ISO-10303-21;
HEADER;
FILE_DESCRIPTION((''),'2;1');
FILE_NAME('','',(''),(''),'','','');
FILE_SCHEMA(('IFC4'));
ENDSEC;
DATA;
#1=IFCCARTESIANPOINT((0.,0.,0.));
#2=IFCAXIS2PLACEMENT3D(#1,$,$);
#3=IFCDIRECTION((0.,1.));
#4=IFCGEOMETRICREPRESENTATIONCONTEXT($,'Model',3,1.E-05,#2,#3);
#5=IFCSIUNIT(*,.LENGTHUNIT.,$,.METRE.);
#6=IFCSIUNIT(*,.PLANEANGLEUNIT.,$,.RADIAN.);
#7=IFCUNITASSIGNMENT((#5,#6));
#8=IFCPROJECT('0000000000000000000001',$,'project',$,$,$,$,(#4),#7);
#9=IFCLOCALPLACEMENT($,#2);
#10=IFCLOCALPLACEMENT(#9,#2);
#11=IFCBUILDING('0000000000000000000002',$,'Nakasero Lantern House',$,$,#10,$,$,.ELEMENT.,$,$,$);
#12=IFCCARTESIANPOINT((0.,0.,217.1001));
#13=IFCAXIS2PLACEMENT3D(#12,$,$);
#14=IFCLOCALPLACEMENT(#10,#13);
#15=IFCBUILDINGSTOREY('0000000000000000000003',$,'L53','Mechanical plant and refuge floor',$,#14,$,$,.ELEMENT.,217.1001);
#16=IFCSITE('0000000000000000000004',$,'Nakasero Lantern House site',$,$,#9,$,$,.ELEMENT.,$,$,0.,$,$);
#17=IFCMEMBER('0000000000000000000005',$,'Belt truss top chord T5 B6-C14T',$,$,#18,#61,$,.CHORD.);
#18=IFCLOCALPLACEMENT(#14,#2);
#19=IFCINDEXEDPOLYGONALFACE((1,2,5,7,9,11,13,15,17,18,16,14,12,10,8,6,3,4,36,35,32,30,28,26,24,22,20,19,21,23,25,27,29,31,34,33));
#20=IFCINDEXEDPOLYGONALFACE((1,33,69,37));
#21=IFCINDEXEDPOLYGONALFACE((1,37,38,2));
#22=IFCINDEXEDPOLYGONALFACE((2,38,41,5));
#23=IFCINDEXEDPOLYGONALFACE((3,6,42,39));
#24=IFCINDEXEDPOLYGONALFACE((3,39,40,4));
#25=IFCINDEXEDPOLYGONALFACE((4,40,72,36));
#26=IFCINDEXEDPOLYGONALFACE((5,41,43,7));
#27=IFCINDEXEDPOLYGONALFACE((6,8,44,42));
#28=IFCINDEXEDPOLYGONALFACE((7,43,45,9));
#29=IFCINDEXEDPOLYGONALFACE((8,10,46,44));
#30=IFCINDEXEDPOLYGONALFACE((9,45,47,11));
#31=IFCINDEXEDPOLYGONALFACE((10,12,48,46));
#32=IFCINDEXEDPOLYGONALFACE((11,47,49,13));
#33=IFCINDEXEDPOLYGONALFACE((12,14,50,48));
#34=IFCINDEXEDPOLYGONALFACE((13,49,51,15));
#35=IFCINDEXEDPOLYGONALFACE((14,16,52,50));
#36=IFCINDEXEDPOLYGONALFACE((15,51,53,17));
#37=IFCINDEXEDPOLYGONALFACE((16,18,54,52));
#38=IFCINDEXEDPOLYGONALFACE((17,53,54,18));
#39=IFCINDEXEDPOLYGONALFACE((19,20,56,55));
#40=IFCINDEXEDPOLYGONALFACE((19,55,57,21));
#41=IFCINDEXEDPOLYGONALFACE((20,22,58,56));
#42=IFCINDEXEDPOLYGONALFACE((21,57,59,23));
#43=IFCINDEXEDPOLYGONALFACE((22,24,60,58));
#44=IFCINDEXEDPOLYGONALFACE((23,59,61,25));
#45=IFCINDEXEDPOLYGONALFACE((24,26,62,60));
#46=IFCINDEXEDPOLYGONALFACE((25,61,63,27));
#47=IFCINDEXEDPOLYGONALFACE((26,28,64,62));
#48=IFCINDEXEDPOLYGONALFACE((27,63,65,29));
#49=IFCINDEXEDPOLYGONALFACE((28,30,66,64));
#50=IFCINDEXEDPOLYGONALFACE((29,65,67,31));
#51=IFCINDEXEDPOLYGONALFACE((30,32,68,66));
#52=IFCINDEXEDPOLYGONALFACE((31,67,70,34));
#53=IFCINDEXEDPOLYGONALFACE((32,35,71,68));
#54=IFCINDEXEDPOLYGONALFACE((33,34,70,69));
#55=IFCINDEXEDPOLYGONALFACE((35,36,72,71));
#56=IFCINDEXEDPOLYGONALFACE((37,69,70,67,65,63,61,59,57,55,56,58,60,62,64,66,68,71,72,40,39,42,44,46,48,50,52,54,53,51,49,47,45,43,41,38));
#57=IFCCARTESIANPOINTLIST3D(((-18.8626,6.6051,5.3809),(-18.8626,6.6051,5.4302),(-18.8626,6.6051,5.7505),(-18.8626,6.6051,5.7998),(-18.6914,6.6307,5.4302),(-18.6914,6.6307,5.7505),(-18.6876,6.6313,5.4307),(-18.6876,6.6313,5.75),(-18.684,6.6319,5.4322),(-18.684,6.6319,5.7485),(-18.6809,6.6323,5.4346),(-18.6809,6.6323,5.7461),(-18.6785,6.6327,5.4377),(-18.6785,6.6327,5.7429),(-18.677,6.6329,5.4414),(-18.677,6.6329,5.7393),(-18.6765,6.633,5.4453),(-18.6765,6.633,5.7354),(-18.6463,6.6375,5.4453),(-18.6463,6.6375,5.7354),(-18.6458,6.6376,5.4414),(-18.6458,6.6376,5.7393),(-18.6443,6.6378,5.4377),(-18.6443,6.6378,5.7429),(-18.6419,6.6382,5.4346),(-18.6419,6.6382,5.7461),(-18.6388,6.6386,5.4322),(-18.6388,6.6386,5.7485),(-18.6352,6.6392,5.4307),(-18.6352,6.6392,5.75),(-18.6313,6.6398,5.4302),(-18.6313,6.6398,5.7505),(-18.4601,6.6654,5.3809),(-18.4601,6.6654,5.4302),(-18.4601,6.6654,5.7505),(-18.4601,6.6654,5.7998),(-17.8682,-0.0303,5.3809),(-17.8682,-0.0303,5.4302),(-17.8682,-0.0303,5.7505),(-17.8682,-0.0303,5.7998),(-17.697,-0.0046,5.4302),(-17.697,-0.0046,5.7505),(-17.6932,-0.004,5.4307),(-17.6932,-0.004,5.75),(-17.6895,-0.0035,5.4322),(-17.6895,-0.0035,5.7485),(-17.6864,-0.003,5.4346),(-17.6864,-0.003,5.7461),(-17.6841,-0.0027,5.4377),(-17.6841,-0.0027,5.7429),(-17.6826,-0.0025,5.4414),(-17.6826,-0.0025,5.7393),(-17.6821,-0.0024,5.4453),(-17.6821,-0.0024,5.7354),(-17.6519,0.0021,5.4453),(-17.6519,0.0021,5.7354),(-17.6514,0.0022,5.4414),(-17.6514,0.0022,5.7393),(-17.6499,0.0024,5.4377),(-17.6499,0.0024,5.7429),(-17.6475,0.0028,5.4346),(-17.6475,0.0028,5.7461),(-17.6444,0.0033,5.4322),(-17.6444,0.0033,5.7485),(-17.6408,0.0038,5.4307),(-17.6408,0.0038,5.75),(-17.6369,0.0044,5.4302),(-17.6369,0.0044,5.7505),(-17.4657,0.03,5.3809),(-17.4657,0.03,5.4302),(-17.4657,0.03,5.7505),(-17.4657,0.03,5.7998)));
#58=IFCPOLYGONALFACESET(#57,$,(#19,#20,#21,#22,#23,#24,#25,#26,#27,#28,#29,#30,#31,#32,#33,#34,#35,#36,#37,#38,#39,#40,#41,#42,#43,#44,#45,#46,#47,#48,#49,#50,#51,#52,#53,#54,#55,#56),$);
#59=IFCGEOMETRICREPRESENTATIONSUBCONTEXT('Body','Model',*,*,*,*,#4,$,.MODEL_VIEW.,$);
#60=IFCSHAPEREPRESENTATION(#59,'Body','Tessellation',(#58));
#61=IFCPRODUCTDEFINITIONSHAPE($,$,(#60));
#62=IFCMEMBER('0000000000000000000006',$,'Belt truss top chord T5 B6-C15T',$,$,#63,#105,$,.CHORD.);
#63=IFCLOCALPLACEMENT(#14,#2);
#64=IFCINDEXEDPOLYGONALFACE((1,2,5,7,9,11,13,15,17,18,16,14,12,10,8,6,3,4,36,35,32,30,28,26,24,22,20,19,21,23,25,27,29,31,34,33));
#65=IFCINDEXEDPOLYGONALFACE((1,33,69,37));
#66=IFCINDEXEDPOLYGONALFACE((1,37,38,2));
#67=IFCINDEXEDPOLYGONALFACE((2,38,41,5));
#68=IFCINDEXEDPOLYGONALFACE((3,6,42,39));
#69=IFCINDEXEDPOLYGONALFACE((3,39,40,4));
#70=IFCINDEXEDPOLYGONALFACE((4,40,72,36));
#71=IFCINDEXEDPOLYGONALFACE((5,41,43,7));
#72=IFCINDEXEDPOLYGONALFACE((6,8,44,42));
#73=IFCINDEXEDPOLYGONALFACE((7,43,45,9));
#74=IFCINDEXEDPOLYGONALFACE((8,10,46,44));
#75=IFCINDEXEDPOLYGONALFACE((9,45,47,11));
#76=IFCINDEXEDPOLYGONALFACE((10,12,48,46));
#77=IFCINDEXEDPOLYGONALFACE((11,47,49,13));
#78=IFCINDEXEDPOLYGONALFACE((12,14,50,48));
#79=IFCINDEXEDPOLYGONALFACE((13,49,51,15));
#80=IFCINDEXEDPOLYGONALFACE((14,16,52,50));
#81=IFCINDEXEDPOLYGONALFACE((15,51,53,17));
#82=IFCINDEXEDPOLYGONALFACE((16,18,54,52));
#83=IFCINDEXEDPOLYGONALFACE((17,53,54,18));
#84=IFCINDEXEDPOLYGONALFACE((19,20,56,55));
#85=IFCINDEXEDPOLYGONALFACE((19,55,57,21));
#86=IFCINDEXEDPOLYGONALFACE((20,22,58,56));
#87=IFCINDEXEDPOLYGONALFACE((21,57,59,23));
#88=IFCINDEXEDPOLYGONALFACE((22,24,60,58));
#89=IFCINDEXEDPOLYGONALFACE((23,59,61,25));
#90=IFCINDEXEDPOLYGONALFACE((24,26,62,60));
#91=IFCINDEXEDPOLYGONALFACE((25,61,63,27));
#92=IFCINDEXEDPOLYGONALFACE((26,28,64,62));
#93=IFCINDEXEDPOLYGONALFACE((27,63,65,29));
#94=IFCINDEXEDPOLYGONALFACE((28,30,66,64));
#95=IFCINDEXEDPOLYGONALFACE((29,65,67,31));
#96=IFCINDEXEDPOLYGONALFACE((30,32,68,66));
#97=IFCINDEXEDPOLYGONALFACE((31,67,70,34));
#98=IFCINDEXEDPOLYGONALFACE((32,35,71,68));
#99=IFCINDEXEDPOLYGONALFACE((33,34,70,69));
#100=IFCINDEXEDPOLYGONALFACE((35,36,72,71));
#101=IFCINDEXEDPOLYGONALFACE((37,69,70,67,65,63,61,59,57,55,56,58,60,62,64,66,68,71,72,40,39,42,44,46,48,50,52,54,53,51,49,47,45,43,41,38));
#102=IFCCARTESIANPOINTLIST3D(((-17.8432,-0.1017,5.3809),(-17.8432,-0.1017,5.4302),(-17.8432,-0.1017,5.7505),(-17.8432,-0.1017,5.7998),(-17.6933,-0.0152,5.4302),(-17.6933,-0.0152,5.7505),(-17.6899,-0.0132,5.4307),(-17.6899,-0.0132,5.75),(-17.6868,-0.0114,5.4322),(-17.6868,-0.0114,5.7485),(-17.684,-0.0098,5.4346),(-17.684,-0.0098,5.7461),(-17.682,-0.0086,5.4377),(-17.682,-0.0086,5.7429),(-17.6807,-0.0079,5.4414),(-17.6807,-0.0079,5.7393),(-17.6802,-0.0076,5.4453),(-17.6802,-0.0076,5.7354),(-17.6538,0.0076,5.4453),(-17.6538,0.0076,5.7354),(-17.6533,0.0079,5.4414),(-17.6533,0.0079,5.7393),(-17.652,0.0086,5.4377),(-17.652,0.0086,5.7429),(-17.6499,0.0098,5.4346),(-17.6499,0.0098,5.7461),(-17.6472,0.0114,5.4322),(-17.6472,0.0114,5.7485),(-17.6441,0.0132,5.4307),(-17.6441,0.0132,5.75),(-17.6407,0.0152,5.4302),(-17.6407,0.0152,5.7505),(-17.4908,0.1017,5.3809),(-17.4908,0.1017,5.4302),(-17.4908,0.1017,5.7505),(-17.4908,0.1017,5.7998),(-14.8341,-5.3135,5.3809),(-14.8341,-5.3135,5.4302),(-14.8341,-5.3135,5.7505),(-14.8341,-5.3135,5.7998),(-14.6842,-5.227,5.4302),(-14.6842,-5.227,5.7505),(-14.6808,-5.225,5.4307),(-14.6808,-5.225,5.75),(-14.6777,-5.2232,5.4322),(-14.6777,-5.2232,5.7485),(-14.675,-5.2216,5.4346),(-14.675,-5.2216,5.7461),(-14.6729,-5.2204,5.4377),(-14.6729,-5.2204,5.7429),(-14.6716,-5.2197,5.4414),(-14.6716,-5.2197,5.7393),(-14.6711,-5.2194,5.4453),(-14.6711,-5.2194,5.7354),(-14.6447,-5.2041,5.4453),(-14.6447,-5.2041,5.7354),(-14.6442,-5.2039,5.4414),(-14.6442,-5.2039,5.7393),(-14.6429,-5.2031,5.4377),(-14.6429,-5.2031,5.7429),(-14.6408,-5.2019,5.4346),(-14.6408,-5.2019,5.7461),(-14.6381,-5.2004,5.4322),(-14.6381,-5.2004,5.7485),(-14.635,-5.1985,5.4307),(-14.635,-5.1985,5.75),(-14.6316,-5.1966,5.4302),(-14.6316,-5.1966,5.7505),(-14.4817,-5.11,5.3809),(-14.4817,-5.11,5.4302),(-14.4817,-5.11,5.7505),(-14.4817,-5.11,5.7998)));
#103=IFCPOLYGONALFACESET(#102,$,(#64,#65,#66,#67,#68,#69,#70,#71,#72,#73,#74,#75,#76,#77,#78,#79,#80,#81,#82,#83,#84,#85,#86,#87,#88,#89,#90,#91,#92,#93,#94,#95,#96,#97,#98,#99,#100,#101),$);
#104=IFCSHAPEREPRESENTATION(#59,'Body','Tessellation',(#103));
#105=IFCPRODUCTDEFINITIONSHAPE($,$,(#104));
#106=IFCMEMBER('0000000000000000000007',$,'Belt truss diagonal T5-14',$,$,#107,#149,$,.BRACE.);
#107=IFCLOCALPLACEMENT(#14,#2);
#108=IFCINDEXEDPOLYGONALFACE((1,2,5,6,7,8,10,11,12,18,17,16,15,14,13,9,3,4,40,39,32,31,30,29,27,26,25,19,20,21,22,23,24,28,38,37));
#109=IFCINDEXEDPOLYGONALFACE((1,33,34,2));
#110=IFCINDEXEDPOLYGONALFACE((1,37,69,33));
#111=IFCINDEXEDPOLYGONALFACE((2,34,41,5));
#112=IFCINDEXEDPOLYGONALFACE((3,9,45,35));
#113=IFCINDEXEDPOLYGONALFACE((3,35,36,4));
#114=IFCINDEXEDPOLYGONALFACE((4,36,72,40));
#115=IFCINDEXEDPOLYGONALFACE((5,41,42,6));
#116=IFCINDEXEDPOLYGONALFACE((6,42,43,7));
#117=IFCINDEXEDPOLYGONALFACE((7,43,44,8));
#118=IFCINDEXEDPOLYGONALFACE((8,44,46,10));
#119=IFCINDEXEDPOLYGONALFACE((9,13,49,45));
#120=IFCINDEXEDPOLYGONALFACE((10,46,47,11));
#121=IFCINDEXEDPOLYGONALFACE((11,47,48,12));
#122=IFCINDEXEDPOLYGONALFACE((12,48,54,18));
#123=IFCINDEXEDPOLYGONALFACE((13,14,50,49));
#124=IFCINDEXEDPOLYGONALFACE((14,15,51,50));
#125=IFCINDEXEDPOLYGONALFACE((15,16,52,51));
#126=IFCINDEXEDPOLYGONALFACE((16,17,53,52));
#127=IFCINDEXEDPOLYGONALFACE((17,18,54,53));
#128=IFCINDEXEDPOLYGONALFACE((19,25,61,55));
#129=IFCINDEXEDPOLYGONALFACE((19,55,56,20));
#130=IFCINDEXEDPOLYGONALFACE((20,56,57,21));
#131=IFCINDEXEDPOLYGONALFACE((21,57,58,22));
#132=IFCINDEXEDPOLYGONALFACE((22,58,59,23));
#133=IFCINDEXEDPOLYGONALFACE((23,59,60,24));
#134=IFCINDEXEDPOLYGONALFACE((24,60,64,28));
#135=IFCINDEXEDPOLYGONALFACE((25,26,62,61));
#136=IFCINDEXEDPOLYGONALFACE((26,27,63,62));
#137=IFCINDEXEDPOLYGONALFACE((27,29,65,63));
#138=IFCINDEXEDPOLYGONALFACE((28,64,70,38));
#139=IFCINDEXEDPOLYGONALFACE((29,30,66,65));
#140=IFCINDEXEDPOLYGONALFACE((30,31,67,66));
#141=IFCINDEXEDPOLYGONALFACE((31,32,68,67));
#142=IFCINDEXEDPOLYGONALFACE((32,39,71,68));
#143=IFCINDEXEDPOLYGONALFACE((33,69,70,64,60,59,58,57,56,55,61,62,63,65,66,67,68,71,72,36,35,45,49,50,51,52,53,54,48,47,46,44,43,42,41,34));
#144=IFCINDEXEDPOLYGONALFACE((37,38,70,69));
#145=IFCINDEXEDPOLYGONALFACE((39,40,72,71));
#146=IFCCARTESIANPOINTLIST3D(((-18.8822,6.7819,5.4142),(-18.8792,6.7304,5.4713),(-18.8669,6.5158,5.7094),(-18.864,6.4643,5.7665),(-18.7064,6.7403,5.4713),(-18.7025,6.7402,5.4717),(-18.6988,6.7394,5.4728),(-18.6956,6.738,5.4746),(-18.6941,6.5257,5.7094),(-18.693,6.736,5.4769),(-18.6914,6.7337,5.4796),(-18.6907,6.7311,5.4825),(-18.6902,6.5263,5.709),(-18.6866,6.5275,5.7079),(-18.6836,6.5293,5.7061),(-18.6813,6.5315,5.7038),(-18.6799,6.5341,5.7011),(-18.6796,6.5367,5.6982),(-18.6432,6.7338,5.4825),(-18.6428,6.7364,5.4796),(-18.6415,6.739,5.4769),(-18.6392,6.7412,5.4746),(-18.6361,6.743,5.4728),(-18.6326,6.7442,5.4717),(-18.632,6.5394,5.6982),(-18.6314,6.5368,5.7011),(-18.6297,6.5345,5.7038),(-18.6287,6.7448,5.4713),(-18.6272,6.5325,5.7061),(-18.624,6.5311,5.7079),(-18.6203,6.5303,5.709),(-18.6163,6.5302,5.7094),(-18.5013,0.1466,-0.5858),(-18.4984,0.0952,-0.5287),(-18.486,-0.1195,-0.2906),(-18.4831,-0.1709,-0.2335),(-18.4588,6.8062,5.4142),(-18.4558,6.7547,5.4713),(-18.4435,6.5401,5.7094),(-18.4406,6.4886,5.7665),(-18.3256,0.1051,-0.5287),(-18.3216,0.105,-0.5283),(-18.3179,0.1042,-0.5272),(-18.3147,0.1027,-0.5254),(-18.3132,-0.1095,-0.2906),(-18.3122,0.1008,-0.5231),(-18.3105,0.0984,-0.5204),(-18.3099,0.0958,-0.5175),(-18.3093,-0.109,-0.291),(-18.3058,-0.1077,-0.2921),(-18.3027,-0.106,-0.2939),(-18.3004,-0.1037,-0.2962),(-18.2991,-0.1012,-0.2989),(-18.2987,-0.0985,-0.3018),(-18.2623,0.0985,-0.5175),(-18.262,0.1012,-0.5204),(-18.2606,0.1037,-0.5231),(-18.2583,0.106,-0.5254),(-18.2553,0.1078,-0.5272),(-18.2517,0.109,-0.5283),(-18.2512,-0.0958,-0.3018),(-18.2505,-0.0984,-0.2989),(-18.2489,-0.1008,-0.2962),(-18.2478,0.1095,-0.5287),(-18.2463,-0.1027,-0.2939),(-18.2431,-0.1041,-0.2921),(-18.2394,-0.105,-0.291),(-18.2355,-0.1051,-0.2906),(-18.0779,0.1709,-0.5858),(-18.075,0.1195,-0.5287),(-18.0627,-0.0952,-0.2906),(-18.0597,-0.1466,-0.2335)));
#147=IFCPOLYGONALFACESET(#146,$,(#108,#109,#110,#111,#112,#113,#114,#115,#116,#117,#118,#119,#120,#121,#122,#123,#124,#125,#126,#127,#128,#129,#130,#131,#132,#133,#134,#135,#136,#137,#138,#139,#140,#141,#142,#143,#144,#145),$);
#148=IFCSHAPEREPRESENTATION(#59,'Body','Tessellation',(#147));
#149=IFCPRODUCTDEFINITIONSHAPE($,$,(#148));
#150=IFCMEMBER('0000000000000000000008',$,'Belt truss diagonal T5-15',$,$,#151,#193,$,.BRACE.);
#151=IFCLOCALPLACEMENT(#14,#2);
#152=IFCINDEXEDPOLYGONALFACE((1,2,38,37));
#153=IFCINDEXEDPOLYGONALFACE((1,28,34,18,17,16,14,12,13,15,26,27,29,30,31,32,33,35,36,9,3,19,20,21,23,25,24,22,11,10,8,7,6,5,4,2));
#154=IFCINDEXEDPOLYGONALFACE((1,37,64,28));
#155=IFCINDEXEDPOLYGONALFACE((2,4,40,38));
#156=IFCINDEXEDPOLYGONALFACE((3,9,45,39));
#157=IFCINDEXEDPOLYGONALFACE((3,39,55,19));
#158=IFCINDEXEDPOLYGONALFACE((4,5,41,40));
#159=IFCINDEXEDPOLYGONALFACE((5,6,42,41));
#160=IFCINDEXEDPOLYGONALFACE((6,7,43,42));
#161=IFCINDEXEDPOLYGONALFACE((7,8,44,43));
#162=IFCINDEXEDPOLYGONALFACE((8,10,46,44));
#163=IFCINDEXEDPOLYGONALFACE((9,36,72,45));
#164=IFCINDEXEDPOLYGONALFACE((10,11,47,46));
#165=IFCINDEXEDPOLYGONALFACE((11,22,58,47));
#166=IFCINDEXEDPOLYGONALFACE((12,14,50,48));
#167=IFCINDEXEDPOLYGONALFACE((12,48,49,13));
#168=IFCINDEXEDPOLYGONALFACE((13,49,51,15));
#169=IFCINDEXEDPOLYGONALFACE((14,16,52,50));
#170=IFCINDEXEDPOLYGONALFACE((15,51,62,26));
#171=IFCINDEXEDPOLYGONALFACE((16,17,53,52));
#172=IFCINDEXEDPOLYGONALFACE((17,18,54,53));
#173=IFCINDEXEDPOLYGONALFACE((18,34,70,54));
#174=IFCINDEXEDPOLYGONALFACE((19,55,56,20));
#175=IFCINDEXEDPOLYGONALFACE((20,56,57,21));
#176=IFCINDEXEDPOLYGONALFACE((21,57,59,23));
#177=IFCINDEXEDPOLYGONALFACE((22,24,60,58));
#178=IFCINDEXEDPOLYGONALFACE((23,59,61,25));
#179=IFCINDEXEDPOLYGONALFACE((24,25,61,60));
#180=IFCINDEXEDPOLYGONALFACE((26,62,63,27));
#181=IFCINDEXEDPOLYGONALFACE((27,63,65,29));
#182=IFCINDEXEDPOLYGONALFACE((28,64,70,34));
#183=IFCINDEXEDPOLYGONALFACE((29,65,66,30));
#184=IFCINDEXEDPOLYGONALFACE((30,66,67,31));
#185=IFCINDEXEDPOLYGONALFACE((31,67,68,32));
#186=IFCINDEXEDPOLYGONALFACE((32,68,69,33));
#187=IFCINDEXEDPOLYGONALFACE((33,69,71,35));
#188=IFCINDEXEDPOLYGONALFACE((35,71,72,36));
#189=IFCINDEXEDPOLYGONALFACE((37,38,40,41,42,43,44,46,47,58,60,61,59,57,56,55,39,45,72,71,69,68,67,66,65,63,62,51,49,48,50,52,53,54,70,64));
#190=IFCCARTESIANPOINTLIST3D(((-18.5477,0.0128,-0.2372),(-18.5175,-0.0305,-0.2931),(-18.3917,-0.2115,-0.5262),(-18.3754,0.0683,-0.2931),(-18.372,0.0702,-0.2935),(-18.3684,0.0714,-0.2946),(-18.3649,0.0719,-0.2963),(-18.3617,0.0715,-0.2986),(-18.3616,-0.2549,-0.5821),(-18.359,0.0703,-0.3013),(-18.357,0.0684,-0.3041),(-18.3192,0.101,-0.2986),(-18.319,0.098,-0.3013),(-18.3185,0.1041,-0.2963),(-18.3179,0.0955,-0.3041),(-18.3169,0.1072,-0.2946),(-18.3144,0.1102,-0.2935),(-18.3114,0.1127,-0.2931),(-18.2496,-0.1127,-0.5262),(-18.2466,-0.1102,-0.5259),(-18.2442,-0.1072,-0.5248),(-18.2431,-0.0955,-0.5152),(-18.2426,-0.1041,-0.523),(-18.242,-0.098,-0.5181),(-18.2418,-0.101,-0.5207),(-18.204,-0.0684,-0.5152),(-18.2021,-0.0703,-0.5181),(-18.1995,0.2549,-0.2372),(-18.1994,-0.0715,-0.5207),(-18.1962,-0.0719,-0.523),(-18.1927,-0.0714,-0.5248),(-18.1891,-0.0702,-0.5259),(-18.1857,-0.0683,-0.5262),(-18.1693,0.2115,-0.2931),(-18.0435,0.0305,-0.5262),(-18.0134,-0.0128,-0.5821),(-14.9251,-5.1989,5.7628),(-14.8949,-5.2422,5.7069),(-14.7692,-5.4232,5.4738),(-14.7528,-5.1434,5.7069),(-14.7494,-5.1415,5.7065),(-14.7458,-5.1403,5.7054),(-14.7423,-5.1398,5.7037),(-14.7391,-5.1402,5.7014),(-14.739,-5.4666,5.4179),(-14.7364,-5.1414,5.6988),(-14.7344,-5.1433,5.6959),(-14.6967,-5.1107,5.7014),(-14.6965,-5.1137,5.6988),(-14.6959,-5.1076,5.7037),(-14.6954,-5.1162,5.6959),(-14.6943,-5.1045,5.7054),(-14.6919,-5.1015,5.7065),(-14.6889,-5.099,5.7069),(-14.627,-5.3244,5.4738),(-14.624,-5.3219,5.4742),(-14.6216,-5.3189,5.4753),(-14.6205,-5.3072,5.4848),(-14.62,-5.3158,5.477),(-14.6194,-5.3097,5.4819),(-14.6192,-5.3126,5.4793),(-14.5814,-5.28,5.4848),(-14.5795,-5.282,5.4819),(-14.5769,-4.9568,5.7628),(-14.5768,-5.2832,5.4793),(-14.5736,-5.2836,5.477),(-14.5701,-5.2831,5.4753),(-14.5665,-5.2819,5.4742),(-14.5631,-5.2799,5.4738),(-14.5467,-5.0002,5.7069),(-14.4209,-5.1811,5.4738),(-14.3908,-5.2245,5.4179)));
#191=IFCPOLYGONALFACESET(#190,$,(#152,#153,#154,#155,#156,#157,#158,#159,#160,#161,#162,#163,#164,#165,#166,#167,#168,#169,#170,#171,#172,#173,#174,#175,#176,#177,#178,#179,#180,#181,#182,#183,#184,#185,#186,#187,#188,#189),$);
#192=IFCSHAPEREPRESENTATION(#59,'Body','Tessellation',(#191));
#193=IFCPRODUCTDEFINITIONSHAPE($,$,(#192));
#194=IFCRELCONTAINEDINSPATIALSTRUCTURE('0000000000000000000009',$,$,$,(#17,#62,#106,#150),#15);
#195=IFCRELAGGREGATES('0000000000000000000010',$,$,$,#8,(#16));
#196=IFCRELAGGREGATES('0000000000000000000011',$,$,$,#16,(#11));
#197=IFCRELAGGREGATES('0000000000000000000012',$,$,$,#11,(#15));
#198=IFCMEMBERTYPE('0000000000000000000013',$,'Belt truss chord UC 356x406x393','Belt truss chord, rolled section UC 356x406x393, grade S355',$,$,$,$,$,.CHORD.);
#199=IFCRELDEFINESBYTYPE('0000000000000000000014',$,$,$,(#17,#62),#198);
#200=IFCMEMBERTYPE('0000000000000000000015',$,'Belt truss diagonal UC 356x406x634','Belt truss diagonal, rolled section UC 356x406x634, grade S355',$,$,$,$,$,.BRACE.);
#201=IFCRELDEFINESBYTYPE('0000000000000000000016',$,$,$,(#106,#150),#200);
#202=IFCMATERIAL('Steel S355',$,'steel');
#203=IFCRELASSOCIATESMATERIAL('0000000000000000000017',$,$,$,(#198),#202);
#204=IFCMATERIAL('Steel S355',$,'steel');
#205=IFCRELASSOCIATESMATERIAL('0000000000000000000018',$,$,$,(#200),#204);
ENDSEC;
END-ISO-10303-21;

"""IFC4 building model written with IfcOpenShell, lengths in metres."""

from ifc_helpers import new_model, si_unit, direction, frame, origin, origin_2d, place, context, subcontext, project, spatial, i_section, extrude, material, material_profile, profile_set, type_object, element, save


model = new_model("IFC4")

# Units and contexts
model_context = context("Model", 3, precision=1e-05, world=origin(), true_north=direction((0.0, 1.0)))
body_context = subcontext(model_context, "Body", "Model", "MODEL_VIEW")
ifc_project = project(units=[si_unit("LENGTHUNIT", "METRE"), si_unit("PLANEANGLEUNIT", "RADIAN")], contexts=[model_context])

# Site, building, storey
site_placement = place(None, origin())
site = spatial("IfcSite", under=ifc_project, at=site_placement, Name="Nakasero Lantern House site", CompositionType="ELEMENT", RefElevation=0.0)
building_placement = place(site_placement, origin())
building = spatial("IfcBuilding", under=site, at=building_placement, Name="Nakasero Lantern House", CompositionType="ELEMENT")
storey_placement = place(building_placement, frame((0.0, 0.0, 217.1001)))
storey = spatial("IfcBuildingStorey", under=building, at=storey_placement, Name="L53", Description="Mechanical plant and refuge floor", CompositionType="ELEMENT", Elevation=217.1001)

# Members
ifc_material_1 = material(Name="Steel S355", Category="steel")
ifc_material_profile_1 = material_profile(ifc_material_1, i_section(OverallWidth=0.407, OverallDepth=0.4189, WebThickness=0.0305, FlangeThickness=0.0493, FilletRadius=0.0151, at=origin_2d()), Name="UC 356x406x393")
ifc_profile_set_1 = profile_set([ifc_material_profile_1], Name="Steel S355")
member_type_1 = type_object("IfcMemberType", Name="Belt truss chord UC 356x406x393", Description="Belt truss chord, rolled section UC 356x406x393, grade S355", PredefinedType="CHORD", material=ifc_profile_set_1)
member_1_placement = place(storey_placement, frame((-18.6614, 6.6353, 5.5903), z_axis=(0.148209, -0.988956, 0.0), x_axis=(0.988956, 0.148209, 0.0)))
element("IfcMember", 1, at=member_1_placement, inside=storey, type_object=member_type_1, Name="Belt truss top chord T5 B6-C14T", PredefinedType="CHORD", context=body_context, shape_type="SweptSolid", body=[
    extrude(i_section(OverallWidth=0.407, OverallDepth=0.4189, WebThickness=0.0305, FlangeThickness=0.0493, FilletRadius=0.0151, at=origin_2d()), origin(), (0.0, 0.0, 1.0), 6.7095),
])
member_2_placement = place(storey_placement, frame((-17.667, 0.0, 5.5903), z_axis=(0.500009, -0.86602, 0.0), x_axis=(0.86602, 0.500009, 0.0)))
element("IfcMember", 2, at=member_2_placement, inside=storey, type_object=member_type_1, Name="Belt truss top chord T5 B6-C15T", PredefinedType="CHORD", context=body_context, shape_type="SweptSolid", body=[
    extrude(i_section(OverallWidth=0.407, OverallDepth=0.4189, WebThickness=0.0305, FlangeThickness=0.0493, FilletRadius=0.0151, at=origin_2d()), origin(), (0.0, 0.0, 1.0), 6.0181),
])
ifc_material_2 = material(Name="Steel S355", Category="steel")
ifc_material_profile_2 = material_profile(ifc_material_2, i_section(OverallWidth=0.4241, OverallDepth=0.4746, WebThickness=0.0476, FlangeThickness=0.0769, FilletRadius=0.0151, at=origin_2d()), Name="UC 356x406x634")
ifc_profile_set_2 = profile_set([ifc_material_profile_2], Name="Steel S355")
member_type_2 = type_object("IfcMemberType", Name="Belt truss diagonal UC 356x406x634", Description="Belt truss diagonal, rolled section UC 356x406x634, grade S355", PredefinedType="BRACE", material=ifc_profile_set_2)
member_3_placement = place(storey_placement, frame((-18.6614, 6.6353, 5.5903), z_axis=(0.042536, -0.741049, -0.670102), x_axis=(0.998357, 0.057305, 0.0)))
element("IfcMember", 3, at=member_3_placement, inside=storey, type_object=member_type_2, Name="Belt truss diagonal T5-14", PredefinedType="BRACE", context=body_context, shape_type="SweptSolid", body=[
    extrude(i_section(OverallWidth=0.4241, OverallDepth=0.4746, WebThickness=0.0476, FlangeThickness=0.0769, FilletRadius=0.0151, at=origin_2d()), origin(), (0.0, 0.0, 1.0), 8.9539),
])
member_4_placement = place(storey_placement, frame((-18.2805, 0.0, -0.4097), z_axis=(0.414761, -0.596704, 0.686963), x_axis=(0.821123, 0.570751, 0.0)))
element("IfcMember", 4, at=member_4_placement, inside=storey, type_object=member_type_2, Name="Belt truss diagonal T5-15", PredefinedType="BRACE", context=body_context, shape_type="SweptSolid", body=[
    extrude(i_section(OverallWidth=0.4241, OverallDepth=0.4746, WebThickness=0.0476, FlangeThickness=0.0769, FilletRadius=0.0151, at=origin_2d()), origin(), (0.0, 0.0, 1.0), 8.7341),
])

save(model, "model.ifc")
